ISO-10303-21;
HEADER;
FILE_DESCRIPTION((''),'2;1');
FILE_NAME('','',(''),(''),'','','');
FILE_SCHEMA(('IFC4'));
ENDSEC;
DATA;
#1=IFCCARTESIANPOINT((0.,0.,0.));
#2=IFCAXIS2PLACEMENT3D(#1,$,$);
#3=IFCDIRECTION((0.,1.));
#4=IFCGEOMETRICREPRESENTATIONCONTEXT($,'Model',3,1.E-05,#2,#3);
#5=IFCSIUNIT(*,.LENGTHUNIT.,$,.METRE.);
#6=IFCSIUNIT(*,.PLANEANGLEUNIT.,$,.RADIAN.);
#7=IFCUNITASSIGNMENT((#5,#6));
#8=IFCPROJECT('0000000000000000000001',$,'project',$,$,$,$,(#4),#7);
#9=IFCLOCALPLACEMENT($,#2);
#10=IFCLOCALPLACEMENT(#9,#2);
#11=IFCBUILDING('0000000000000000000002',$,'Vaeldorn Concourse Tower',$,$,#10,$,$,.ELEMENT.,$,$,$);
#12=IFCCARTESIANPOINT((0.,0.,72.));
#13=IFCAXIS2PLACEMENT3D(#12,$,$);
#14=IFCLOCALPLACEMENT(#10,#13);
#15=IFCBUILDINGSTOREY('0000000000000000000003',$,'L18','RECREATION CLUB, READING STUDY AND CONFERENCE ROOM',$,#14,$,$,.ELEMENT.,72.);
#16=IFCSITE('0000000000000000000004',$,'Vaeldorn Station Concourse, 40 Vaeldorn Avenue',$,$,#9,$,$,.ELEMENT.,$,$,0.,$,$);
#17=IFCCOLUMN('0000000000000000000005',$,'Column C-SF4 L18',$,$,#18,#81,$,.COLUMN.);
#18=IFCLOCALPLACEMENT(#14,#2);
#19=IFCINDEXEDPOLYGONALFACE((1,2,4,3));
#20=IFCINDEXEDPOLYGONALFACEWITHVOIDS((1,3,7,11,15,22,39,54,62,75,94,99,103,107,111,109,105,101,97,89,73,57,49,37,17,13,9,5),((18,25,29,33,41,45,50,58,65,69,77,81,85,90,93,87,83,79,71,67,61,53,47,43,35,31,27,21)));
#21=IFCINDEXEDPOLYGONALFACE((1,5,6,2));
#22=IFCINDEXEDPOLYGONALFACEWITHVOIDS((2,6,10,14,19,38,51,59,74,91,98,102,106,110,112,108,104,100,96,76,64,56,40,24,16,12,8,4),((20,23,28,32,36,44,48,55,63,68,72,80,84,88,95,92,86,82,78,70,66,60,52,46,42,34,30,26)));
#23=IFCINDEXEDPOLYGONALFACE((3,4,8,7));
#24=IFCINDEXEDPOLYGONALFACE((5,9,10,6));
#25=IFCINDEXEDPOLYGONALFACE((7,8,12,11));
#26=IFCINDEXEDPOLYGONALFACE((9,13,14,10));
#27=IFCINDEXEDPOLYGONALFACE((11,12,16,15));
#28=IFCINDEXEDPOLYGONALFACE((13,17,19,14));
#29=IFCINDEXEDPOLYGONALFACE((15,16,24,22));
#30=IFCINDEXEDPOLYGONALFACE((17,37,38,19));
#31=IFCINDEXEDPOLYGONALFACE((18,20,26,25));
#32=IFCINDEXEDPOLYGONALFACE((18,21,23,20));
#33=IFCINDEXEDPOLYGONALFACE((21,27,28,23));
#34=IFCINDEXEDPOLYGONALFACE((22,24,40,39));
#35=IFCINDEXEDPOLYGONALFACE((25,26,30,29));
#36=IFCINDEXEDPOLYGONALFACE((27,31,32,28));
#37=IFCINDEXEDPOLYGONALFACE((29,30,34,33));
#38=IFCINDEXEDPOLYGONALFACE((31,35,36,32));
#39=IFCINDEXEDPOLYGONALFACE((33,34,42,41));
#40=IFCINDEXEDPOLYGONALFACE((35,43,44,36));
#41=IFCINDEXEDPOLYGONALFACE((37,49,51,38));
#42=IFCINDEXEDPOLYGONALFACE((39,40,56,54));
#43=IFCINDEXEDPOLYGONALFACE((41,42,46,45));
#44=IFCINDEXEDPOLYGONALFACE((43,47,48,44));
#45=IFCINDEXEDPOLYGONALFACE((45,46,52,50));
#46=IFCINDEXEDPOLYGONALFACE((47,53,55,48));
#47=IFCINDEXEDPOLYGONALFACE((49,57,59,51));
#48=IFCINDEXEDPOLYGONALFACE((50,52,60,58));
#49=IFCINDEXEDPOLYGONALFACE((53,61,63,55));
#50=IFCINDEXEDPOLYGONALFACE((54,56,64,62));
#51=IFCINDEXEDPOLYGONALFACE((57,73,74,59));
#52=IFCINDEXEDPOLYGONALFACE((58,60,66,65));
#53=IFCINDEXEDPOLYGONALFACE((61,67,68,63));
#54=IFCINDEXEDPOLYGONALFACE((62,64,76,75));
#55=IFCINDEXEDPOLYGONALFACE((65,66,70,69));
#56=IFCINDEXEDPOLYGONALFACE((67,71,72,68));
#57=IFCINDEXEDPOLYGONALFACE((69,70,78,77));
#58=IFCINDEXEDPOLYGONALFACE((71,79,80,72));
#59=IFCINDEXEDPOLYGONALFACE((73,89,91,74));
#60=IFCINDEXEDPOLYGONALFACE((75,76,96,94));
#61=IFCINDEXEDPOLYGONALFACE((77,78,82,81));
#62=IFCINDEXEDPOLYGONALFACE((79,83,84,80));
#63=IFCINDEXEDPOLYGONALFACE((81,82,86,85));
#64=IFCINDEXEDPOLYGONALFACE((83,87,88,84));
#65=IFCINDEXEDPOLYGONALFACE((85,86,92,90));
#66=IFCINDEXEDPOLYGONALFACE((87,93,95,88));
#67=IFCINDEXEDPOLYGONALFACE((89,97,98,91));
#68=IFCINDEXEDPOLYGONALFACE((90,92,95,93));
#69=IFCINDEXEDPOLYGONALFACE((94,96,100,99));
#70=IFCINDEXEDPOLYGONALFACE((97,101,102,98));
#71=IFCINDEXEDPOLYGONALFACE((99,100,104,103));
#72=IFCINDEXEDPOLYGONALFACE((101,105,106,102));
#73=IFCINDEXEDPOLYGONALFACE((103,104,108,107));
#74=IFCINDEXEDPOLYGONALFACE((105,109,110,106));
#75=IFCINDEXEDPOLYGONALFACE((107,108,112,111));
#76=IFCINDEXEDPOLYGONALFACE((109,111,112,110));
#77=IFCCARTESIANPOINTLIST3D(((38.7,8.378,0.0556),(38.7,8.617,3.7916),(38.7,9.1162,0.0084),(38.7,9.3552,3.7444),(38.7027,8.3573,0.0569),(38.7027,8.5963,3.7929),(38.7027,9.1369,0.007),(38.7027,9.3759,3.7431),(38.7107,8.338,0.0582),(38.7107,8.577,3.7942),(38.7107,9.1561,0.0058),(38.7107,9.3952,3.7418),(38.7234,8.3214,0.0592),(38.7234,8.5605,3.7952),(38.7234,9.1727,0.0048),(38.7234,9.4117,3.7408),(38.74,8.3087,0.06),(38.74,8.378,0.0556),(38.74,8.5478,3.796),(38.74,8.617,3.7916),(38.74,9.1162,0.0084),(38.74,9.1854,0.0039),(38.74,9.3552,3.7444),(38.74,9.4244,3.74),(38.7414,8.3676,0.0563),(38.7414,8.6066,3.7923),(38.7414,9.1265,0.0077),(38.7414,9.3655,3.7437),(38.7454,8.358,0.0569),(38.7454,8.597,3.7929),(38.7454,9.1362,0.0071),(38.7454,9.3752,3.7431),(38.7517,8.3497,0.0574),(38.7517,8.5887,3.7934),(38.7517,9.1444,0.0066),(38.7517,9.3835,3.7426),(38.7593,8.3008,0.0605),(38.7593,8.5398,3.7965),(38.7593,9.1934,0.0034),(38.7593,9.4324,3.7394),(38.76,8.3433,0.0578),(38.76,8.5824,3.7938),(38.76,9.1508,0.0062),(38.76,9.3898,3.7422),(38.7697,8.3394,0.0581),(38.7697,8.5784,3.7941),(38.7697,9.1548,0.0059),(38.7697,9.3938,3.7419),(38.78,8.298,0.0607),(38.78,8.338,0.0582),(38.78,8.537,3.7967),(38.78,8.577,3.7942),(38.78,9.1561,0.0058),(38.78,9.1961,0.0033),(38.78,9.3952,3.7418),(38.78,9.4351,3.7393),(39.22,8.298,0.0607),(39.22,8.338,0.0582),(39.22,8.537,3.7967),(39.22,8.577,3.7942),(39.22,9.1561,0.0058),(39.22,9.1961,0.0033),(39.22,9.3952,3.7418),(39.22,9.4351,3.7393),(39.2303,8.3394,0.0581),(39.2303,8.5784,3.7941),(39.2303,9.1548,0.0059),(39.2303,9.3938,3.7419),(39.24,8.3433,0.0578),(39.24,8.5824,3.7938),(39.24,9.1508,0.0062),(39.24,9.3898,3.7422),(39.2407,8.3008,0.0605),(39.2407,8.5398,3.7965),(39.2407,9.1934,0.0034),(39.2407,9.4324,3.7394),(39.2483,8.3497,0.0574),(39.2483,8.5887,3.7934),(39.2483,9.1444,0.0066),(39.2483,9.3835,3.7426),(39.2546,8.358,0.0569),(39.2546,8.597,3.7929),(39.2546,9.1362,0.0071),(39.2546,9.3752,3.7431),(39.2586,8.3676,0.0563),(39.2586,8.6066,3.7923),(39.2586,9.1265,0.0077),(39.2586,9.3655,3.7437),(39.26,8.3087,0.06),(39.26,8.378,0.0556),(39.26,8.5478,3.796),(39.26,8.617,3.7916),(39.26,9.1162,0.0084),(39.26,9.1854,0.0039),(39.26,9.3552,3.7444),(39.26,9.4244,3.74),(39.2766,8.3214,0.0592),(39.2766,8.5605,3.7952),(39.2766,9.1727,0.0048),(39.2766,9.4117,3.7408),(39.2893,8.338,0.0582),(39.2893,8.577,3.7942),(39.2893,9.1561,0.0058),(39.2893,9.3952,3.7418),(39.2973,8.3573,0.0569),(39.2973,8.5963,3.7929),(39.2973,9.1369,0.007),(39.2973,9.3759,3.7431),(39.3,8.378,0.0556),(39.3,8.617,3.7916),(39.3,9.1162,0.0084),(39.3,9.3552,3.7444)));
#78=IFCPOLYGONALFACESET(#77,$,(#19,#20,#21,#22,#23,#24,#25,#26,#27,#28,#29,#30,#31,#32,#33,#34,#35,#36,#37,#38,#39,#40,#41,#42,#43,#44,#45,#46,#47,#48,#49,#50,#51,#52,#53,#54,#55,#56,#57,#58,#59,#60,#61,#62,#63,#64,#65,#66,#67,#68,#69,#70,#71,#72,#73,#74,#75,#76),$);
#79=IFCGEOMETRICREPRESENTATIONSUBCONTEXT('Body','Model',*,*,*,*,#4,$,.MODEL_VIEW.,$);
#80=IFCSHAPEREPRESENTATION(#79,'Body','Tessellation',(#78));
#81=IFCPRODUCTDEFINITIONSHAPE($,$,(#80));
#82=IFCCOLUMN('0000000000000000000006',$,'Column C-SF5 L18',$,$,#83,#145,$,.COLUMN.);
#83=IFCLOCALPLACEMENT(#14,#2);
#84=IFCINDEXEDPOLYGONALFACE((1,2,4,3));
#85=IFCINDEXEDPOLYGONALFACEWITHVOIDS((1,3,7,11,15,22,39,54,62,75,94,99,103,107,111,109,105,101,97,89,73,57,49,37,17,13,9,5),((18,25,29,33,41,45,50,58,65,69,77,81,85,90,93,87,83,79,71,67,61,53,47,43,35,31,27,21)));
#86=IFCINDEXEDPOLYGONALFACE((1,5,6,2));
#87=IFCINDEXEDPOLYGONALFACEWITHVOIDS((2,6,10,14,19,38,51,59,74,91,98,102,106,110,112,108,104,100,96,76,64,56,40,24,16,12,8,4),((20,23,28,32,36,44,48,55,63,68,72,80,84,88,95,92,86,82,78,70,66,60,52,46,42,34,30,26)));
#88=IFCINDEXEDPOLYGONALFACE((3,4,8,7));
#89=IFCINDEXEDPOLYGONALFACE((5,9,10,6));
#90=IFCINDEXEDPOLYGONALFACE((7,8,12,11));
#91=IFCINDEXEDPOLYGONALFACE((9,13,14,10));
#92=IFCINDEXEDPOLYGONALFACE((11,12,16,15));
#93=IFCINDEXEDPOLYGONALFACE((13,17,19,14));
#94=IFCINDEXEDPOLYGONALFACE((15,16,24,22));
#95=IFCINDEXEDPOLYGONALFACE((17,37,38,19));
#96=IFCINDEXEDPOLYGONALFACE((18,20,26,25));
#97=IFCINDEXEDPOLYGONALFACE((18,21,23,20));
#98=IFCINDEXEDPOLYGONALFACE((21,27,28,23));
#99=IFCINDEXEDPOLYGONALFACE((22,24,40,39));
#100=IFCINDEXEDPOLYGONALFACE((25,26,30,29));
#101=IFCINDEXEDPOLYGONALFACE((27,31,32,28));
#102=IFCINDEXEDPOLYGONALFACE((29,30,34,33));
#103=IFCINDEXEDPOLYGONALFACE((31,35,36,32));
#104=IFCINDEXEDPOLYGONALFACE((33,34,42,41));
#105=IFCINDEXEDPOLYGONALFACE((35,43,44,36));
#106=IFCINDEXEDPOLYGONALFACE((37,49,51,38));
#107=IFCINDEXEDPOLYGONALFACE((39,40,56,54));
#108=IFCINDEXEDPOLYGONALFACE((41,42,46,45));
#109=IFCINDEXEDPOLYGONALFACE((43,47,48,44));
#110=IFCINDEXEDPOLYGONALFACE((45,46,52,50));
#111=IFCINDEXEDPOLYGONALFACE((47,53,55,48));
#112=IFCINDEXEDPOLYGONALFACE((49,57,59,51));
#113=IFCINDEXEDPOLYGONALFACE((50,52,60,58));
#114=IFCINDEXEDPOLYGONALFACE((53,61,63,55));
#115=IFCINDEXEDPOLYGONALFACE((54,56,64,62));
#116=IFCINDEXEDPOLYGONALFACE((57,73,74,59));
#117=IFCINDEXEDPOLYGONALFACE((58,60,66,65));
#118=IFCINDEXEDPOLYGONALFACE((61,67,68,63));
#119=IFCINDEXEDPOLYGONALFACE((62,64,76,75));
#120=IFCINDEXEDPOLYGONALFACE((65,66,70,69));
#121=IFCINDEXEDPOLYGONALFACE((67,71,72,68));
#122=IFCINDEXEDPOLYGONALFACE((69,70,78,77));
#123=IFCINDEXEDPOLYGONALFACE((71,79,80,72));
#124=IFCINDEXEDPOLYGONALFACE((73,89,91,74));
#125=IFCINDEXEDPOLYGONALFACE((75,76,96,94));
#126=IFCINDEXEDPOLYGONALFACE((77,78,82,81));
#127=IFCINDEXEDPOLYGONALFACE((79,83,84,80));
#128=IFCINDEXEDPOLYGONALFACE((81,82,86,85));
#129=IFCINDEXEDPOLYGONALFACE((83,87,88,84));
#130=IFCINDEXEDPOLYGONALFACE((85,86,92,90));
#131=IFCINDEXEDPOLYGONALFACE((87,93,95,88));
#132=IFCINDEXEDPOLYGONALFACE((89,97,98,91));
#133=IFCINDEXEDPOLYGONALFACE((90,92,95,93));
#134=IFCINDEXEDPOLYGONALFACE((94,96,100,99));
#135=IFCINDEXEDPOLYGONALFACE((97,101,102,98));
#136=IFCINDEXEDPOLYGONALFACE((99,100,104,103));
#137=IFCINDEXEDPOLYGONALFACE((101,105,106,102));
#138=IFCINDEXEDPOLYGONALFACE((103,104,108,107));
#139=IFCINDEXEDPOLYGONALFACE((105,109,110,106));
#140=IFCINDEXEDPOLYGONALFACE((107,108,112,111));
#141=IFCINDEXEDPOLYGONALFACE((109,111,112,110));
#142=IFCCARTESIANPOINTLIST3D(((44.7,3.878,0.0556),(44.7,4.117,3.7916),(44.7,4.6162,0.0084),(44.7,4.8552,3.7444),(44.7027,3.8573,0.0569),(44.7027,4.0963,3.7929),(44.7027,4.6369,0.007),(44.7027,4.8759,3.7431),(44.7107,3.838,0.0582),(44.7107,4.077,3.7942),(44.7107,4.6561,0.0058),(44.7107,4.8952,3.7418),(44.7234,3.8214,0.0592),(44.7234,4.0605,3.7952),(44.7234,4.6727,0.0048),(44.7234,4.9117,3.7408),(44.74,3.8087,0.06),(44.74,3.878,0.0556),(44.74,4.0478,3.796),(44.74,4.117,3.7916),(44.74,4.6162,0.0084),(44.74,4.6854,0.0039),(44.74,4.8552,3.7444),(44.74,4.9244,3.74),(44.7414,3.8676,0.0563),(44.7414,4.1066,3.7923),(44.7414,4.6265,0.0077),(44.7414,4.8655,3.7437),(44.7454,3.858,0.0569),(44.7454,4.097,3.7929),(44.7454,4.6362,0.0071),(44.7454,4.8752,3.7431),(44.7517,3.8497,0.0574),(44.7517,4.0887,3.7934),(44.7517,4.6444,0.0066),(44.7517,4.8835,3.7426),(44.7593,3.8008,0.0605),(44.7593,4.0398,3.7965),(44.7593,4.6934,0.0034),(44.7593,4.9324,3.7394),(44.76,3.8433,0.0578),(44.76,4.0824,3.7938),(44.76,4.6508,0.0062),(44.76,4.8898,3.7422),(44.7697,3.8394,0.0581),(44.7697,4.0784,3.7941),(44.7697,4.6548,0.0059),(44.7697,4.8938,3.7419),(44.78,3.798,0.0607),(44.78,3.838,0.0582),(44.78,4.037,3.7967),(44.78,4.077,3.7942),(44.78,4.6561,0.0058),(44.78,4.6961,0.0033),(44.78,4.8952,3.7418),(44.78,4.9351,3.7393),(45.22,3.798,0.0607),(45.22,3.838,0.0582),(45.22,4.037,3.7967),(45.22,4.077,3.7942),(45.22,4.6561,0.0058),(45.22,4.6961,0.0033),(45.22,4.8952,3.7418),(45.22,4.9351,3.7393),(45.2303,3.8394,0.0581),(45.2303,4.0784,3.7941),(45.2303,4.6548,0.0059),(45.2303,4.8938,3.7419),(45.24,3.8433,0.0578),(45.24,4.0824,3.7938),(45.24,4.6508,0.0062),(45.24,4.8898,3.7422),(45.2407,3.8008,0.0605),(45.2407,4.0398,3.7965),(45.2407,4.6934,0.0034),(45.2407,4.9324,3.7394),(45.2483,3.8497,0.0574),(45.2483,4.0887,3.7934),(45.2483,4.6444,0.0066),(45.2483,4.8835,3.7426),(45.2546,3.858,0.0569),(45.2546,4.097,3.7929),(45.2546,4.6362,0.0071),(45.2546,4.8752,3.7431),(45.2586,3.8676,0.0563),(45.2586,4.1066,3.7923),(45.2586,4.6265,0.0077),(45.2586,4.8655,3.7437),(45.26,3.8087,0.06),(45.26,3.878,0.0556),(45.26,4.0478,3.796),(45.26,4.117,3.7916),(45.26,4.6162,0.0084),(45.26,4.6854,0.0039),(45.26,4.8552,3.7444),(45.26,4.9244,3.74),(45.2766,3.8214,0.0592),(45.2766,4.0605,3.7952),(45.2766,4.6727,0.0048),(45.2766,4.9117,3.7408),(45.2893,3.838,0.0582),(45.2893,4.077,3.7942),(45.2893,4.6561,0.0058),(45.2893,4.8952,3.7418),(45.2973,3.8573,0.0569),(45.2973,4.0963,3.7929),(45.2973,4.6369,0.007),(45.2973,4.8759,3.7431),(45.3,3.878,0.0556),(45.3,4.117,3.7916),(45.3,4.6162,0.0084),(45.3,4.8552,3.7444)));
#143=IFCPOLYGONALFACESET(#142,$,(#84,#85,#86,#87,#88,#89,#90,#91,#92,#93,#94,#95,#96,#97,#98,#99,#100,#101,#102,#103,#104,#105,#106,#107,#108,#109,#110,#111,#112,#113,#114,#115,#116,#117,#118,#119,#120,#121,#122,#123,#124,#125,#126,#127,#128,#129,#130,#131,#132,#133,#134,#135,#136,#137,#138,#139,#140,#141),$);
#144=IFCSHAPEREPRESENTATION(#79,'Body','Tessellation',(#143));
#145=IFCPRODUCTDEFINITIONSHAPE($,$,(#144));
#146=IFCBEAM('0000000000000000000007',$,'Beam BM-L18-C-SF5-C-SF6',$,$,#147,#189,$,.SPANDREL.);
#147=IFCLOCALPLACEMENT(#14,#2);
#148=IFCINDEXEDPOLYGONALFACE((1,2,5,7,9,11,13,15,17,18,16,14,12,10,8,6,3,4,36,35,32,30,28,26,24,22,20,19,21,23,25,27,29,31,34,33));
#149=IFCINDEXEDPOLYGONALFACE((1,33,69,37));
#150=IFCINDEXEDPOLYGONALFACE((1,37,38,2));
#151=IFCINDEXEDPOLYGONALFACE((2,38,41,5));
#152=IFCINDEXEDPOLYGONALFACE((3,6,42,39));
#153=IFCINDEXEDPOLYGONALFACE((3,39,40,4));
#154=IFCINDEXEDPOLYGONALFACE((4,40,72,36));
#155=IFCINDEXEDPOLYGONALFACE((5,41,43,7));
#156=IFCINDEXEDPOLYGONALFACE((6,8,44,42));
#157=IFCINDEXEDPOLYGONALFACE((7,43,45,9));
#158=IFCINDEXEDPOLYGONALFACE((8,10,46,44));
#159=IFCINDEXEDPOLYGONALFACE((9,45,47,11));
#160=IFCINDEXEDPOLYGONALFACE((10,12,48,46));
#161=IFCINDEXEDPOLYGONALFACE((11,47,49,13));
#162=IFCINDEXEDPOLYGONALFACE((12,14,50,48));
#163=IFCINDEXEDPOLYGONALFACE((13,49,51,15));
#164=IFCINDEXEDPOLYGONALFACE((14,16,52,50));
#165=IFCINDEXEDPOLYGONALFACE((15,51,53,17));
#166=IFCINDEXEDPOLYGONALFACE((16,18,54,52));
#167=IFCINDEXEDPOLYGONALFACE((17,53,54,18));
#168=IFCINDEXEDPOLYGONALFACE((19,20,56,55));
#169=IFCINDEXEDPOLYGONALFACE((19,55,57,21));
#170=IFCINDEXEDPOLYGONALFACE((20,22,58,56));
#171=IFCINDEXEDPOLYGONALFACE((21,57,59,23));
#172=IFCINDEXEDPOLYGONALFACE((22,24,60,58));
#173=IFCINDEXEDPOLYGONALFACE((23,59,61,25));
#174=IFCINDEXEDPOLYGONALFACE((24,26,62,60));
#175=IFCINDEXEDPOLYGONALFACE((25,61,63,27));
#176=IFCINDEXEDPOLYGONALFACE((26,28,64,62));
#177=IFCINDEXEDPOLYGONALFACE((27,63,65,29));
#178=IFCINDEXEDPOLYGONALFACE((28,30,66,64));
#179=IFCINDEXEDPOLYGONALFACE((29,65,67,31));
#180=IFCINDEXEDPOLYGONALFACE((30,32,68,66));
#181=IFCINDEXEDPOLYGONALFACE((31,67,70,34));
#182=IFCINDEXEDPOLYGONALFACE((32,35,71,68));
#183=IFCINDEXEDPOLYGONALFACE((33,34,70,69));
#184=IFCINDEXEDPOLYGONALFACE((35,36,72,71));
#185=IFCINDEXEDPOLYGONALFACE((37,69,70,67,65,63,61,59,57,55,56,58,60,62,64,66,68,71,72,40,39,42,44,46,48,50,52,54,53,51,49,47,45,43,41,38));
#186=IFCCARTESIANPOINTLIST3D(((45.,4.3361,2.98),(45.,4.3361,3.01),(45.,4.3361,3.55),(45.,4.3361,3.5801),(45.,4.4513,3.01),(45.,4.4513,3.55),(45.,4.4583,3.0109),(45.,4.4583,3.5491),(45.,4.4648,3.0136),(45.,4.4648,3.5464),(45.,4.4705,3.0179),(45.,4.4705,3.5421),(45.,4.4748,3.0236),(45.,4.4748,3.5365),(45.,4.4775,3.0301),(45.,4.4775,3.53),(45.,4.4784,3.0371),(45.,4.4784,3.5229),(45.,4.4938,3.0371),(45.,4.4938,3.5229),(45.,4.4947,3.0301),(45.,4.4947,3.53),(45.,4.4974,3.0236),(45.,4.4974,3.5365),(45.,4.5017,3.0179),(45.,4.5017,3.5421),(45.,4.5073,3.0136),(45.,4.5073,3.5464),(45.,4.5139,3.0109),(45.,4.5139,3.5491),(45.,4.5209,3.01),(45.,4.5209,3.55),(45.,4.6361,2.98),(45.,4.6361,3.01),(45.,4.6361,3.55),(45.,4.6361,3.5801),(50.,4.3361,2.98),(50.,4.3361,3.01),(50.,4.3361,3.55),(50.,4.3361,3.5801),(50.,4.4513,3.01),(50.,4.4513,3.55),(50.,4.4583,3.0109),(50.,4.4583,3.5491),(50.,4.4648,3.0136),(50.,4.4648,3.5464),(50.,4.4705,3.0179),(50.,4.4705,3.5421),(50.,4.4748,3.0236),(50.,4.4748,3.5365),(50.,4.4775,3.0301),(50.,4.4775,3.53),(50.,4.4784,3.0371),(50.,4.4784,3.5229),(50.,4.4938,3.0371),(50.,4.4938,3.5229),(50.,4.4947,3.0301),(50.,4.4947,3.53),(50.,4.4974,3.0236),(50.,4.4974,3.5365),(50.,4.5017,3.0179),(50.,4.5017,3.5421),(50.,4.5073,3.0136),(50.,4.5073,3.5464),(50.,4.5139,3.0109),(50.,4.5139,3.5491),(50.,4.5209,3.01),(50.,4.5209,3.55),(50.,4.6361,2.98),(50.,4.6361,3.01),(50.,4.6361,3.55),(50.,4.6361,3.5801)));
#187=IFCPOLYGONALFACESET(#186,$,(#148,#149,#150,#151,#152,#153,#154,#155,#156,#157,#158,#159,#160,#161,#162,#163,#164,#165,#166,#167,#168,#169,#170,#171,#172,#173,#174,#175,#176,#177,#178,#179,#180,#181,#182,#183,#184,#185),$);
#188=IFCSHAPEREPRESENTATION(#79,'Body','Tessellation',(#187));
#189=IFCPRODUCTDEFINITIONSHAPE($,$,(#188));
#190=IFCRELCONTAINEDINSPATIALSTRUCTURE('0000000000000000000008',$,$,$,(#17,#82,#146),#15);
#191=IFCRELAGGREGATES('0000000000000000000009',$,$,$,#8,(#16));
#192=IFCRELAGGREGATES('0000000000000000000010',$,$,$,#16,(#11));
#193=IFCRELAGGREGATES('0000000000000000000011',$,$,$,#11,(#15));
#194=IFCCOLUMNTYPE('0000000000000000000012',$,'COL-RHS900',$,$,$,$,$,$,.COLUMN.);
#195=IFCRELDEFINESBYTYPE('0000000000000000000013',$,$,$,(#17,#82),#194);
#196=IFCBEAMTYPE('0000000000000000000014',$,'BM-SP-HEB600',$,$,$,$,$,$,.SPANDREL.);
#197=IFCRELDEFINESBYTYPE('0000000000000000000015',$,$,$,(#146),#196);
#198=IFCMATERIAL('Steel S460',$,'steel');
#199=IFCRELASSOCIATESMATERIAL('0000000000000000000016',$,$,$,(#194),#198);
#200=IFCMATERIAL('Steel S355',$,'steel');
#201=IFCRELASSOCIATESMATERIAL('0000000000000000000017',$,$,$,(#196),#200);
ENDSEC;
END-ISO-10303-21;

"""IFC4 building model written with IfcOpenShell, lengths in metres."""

from ifc_helpers import new_model, si_unit, direction, frame, origin, origin_2d, place, context, subcontext, project, spatial, hollow_rectangle, i_section, extrude, source, transform, mapped, material, material_profile, profile_set, type_object, element, save


model = new_model("IFC4")

# Units and contexts
model_context = context("Model", 3, precision=1e-05, world=origin(), true_north=direction((0.0, 1.0)))
body_context = subcontext(model_context, "Body", "Model", "MODEL_VIEW")
ifc_project = project(units=[si_unit("LENGTHUNIT", "METRE"), si_unit("PLANEANGLEUNIT", "RADIAN")], contexts=[model_context])

# Site, building, storey
site_placement = place(None, origin())
site = spatial("IfcSite", under=ifc_project, at=site_placement, Name="Vaeldorn Station Concourse, 40 Vaeldorn Avenue", CompositionType="ELEMENT", RefElevation=0.0)
building_placement = place(site_placement, origin())
building = spatial("IfcBuilding", under=site, at=building_placement, Name="Vaeldorn Concourse Tower", CompositionType="ELEMENT")
storey_placement = place(building_placement, frame((0.0, 0.0, 72.0)))
storey = spatial("IfcBuildingStorey", under=building, at=storey_placement, Name="L18", Description="RECREATION CLUB, READING STUDY AND CONFERENCE ROOM", CompositionType="ELEMENT", Elevation=72.0)

# Columns
ifc_material_1 = material(Name="Steel S460", Category="steel")
ifc_material_profile_1 = material_profile(ifc_material_1, hollow_rectangle(XDim=0.6001, YDim=0.8999, WallThickness=0.04, InnerFilletRadius=0.04, OuterFilletRadius=0.0801, at=origin_2d()), Name="RHS 900x600x40")
ifc_profile_set_1 = profile_set([ifc_material_profile_1], Name="Steel S460")
column_type = type_object("IfcColumnType", Name="COL-RHS900", PredefinedType="COLUMN", material=ifc_profile_set_1)
shared_shape_1 = source(origin(), body_context, "Body", "SweptSolid", [
    extrude(hollow_rectangle(XDim=0.6001, YDim=0.8999, WallThickness=0.04, InnerFilletRadius=0.04, OuterFilletRadius=0.0801, at=origin_2d()), origin(), (0.0, 0.0, 1.0), 3.7437),
])
for number, where, z_axis, x_axis, name in (
    (1, (39.0, 8.7471, 0.032), (0.0, 0.063844, 0.99796), (-1.0, 0.0, 0.0), "Column C-SF4 L18"),
    (2, (45.0, 4.2471, 0.032), (0.0, 0.063844, 0.99796), (-1.0, 0.0, 0.0), "Column C-SF5 L18"),
):
    element("IfcColumn", number, at=place(storey_placement, frame(where, z_axis=z_axis, x_axis=x_axis)), inside=storey, type_object=column_type, Name=name, PredefinedType="COLUMN", context=body_context, shape_type="MappedRepresentation", body=[
        mapped(shared_shape_1, transform((0.0, 0.0, 0.0), scale=1.0)),
    ])

# Beam
ifc_material_2 = material(Name="Steel S355", Category="steel")
ifc_material_profile_2 = material_profile(ifc_material_2, i_section(OverallWidth=0.3, OverallDepth=0.6001, WebThickness=0.0154, FlangeThickness=0.03, FilletRadius=0.0271, at=origin_2d()), Name="HEB 600")
ifc_profile_set_2 = profile_set([ifc_material_profile_2], Name="Steel S355")
beam_type_1 = type_object("IfcBeamType", Name="BM-SP-HEB600", PredefinedType="SPANDREL", material=ifc_profile_set_2)
shared_shape_2 = source(origin(), body_context, "Body", "SweptSolid", [
    extrude(i_section(OverallWidth=0.3, OverallDepth=0.6001, WebThickness=0.0154, FlangeThickness=0.03, FilletRadius=0.0271, at=origin_2d()), origin(), (0.0, 0.0, 1.0), 5.0),
])
beam_1_placement = place(storey_placement, frame((45.0, 4.4861, 3.28), z_axis=(1.0, 0.0, 0.0), x_axis=(0.0, 1.0, 0.0)))
element("IfcBeam", 3, at=beam_1_placement, inside=storey, type_object=beam_type_1, Name="Beam BM-L18-C-SF5-C-SF6", PredefinedType="SPANDREL", context=body_context, shape_type="MappedRepresentation", body=[
    mapped(shared_shape_2, transform((0.0, 0.0, 0.0), scale=1.0)),
])

save(model, "model.ifc")
